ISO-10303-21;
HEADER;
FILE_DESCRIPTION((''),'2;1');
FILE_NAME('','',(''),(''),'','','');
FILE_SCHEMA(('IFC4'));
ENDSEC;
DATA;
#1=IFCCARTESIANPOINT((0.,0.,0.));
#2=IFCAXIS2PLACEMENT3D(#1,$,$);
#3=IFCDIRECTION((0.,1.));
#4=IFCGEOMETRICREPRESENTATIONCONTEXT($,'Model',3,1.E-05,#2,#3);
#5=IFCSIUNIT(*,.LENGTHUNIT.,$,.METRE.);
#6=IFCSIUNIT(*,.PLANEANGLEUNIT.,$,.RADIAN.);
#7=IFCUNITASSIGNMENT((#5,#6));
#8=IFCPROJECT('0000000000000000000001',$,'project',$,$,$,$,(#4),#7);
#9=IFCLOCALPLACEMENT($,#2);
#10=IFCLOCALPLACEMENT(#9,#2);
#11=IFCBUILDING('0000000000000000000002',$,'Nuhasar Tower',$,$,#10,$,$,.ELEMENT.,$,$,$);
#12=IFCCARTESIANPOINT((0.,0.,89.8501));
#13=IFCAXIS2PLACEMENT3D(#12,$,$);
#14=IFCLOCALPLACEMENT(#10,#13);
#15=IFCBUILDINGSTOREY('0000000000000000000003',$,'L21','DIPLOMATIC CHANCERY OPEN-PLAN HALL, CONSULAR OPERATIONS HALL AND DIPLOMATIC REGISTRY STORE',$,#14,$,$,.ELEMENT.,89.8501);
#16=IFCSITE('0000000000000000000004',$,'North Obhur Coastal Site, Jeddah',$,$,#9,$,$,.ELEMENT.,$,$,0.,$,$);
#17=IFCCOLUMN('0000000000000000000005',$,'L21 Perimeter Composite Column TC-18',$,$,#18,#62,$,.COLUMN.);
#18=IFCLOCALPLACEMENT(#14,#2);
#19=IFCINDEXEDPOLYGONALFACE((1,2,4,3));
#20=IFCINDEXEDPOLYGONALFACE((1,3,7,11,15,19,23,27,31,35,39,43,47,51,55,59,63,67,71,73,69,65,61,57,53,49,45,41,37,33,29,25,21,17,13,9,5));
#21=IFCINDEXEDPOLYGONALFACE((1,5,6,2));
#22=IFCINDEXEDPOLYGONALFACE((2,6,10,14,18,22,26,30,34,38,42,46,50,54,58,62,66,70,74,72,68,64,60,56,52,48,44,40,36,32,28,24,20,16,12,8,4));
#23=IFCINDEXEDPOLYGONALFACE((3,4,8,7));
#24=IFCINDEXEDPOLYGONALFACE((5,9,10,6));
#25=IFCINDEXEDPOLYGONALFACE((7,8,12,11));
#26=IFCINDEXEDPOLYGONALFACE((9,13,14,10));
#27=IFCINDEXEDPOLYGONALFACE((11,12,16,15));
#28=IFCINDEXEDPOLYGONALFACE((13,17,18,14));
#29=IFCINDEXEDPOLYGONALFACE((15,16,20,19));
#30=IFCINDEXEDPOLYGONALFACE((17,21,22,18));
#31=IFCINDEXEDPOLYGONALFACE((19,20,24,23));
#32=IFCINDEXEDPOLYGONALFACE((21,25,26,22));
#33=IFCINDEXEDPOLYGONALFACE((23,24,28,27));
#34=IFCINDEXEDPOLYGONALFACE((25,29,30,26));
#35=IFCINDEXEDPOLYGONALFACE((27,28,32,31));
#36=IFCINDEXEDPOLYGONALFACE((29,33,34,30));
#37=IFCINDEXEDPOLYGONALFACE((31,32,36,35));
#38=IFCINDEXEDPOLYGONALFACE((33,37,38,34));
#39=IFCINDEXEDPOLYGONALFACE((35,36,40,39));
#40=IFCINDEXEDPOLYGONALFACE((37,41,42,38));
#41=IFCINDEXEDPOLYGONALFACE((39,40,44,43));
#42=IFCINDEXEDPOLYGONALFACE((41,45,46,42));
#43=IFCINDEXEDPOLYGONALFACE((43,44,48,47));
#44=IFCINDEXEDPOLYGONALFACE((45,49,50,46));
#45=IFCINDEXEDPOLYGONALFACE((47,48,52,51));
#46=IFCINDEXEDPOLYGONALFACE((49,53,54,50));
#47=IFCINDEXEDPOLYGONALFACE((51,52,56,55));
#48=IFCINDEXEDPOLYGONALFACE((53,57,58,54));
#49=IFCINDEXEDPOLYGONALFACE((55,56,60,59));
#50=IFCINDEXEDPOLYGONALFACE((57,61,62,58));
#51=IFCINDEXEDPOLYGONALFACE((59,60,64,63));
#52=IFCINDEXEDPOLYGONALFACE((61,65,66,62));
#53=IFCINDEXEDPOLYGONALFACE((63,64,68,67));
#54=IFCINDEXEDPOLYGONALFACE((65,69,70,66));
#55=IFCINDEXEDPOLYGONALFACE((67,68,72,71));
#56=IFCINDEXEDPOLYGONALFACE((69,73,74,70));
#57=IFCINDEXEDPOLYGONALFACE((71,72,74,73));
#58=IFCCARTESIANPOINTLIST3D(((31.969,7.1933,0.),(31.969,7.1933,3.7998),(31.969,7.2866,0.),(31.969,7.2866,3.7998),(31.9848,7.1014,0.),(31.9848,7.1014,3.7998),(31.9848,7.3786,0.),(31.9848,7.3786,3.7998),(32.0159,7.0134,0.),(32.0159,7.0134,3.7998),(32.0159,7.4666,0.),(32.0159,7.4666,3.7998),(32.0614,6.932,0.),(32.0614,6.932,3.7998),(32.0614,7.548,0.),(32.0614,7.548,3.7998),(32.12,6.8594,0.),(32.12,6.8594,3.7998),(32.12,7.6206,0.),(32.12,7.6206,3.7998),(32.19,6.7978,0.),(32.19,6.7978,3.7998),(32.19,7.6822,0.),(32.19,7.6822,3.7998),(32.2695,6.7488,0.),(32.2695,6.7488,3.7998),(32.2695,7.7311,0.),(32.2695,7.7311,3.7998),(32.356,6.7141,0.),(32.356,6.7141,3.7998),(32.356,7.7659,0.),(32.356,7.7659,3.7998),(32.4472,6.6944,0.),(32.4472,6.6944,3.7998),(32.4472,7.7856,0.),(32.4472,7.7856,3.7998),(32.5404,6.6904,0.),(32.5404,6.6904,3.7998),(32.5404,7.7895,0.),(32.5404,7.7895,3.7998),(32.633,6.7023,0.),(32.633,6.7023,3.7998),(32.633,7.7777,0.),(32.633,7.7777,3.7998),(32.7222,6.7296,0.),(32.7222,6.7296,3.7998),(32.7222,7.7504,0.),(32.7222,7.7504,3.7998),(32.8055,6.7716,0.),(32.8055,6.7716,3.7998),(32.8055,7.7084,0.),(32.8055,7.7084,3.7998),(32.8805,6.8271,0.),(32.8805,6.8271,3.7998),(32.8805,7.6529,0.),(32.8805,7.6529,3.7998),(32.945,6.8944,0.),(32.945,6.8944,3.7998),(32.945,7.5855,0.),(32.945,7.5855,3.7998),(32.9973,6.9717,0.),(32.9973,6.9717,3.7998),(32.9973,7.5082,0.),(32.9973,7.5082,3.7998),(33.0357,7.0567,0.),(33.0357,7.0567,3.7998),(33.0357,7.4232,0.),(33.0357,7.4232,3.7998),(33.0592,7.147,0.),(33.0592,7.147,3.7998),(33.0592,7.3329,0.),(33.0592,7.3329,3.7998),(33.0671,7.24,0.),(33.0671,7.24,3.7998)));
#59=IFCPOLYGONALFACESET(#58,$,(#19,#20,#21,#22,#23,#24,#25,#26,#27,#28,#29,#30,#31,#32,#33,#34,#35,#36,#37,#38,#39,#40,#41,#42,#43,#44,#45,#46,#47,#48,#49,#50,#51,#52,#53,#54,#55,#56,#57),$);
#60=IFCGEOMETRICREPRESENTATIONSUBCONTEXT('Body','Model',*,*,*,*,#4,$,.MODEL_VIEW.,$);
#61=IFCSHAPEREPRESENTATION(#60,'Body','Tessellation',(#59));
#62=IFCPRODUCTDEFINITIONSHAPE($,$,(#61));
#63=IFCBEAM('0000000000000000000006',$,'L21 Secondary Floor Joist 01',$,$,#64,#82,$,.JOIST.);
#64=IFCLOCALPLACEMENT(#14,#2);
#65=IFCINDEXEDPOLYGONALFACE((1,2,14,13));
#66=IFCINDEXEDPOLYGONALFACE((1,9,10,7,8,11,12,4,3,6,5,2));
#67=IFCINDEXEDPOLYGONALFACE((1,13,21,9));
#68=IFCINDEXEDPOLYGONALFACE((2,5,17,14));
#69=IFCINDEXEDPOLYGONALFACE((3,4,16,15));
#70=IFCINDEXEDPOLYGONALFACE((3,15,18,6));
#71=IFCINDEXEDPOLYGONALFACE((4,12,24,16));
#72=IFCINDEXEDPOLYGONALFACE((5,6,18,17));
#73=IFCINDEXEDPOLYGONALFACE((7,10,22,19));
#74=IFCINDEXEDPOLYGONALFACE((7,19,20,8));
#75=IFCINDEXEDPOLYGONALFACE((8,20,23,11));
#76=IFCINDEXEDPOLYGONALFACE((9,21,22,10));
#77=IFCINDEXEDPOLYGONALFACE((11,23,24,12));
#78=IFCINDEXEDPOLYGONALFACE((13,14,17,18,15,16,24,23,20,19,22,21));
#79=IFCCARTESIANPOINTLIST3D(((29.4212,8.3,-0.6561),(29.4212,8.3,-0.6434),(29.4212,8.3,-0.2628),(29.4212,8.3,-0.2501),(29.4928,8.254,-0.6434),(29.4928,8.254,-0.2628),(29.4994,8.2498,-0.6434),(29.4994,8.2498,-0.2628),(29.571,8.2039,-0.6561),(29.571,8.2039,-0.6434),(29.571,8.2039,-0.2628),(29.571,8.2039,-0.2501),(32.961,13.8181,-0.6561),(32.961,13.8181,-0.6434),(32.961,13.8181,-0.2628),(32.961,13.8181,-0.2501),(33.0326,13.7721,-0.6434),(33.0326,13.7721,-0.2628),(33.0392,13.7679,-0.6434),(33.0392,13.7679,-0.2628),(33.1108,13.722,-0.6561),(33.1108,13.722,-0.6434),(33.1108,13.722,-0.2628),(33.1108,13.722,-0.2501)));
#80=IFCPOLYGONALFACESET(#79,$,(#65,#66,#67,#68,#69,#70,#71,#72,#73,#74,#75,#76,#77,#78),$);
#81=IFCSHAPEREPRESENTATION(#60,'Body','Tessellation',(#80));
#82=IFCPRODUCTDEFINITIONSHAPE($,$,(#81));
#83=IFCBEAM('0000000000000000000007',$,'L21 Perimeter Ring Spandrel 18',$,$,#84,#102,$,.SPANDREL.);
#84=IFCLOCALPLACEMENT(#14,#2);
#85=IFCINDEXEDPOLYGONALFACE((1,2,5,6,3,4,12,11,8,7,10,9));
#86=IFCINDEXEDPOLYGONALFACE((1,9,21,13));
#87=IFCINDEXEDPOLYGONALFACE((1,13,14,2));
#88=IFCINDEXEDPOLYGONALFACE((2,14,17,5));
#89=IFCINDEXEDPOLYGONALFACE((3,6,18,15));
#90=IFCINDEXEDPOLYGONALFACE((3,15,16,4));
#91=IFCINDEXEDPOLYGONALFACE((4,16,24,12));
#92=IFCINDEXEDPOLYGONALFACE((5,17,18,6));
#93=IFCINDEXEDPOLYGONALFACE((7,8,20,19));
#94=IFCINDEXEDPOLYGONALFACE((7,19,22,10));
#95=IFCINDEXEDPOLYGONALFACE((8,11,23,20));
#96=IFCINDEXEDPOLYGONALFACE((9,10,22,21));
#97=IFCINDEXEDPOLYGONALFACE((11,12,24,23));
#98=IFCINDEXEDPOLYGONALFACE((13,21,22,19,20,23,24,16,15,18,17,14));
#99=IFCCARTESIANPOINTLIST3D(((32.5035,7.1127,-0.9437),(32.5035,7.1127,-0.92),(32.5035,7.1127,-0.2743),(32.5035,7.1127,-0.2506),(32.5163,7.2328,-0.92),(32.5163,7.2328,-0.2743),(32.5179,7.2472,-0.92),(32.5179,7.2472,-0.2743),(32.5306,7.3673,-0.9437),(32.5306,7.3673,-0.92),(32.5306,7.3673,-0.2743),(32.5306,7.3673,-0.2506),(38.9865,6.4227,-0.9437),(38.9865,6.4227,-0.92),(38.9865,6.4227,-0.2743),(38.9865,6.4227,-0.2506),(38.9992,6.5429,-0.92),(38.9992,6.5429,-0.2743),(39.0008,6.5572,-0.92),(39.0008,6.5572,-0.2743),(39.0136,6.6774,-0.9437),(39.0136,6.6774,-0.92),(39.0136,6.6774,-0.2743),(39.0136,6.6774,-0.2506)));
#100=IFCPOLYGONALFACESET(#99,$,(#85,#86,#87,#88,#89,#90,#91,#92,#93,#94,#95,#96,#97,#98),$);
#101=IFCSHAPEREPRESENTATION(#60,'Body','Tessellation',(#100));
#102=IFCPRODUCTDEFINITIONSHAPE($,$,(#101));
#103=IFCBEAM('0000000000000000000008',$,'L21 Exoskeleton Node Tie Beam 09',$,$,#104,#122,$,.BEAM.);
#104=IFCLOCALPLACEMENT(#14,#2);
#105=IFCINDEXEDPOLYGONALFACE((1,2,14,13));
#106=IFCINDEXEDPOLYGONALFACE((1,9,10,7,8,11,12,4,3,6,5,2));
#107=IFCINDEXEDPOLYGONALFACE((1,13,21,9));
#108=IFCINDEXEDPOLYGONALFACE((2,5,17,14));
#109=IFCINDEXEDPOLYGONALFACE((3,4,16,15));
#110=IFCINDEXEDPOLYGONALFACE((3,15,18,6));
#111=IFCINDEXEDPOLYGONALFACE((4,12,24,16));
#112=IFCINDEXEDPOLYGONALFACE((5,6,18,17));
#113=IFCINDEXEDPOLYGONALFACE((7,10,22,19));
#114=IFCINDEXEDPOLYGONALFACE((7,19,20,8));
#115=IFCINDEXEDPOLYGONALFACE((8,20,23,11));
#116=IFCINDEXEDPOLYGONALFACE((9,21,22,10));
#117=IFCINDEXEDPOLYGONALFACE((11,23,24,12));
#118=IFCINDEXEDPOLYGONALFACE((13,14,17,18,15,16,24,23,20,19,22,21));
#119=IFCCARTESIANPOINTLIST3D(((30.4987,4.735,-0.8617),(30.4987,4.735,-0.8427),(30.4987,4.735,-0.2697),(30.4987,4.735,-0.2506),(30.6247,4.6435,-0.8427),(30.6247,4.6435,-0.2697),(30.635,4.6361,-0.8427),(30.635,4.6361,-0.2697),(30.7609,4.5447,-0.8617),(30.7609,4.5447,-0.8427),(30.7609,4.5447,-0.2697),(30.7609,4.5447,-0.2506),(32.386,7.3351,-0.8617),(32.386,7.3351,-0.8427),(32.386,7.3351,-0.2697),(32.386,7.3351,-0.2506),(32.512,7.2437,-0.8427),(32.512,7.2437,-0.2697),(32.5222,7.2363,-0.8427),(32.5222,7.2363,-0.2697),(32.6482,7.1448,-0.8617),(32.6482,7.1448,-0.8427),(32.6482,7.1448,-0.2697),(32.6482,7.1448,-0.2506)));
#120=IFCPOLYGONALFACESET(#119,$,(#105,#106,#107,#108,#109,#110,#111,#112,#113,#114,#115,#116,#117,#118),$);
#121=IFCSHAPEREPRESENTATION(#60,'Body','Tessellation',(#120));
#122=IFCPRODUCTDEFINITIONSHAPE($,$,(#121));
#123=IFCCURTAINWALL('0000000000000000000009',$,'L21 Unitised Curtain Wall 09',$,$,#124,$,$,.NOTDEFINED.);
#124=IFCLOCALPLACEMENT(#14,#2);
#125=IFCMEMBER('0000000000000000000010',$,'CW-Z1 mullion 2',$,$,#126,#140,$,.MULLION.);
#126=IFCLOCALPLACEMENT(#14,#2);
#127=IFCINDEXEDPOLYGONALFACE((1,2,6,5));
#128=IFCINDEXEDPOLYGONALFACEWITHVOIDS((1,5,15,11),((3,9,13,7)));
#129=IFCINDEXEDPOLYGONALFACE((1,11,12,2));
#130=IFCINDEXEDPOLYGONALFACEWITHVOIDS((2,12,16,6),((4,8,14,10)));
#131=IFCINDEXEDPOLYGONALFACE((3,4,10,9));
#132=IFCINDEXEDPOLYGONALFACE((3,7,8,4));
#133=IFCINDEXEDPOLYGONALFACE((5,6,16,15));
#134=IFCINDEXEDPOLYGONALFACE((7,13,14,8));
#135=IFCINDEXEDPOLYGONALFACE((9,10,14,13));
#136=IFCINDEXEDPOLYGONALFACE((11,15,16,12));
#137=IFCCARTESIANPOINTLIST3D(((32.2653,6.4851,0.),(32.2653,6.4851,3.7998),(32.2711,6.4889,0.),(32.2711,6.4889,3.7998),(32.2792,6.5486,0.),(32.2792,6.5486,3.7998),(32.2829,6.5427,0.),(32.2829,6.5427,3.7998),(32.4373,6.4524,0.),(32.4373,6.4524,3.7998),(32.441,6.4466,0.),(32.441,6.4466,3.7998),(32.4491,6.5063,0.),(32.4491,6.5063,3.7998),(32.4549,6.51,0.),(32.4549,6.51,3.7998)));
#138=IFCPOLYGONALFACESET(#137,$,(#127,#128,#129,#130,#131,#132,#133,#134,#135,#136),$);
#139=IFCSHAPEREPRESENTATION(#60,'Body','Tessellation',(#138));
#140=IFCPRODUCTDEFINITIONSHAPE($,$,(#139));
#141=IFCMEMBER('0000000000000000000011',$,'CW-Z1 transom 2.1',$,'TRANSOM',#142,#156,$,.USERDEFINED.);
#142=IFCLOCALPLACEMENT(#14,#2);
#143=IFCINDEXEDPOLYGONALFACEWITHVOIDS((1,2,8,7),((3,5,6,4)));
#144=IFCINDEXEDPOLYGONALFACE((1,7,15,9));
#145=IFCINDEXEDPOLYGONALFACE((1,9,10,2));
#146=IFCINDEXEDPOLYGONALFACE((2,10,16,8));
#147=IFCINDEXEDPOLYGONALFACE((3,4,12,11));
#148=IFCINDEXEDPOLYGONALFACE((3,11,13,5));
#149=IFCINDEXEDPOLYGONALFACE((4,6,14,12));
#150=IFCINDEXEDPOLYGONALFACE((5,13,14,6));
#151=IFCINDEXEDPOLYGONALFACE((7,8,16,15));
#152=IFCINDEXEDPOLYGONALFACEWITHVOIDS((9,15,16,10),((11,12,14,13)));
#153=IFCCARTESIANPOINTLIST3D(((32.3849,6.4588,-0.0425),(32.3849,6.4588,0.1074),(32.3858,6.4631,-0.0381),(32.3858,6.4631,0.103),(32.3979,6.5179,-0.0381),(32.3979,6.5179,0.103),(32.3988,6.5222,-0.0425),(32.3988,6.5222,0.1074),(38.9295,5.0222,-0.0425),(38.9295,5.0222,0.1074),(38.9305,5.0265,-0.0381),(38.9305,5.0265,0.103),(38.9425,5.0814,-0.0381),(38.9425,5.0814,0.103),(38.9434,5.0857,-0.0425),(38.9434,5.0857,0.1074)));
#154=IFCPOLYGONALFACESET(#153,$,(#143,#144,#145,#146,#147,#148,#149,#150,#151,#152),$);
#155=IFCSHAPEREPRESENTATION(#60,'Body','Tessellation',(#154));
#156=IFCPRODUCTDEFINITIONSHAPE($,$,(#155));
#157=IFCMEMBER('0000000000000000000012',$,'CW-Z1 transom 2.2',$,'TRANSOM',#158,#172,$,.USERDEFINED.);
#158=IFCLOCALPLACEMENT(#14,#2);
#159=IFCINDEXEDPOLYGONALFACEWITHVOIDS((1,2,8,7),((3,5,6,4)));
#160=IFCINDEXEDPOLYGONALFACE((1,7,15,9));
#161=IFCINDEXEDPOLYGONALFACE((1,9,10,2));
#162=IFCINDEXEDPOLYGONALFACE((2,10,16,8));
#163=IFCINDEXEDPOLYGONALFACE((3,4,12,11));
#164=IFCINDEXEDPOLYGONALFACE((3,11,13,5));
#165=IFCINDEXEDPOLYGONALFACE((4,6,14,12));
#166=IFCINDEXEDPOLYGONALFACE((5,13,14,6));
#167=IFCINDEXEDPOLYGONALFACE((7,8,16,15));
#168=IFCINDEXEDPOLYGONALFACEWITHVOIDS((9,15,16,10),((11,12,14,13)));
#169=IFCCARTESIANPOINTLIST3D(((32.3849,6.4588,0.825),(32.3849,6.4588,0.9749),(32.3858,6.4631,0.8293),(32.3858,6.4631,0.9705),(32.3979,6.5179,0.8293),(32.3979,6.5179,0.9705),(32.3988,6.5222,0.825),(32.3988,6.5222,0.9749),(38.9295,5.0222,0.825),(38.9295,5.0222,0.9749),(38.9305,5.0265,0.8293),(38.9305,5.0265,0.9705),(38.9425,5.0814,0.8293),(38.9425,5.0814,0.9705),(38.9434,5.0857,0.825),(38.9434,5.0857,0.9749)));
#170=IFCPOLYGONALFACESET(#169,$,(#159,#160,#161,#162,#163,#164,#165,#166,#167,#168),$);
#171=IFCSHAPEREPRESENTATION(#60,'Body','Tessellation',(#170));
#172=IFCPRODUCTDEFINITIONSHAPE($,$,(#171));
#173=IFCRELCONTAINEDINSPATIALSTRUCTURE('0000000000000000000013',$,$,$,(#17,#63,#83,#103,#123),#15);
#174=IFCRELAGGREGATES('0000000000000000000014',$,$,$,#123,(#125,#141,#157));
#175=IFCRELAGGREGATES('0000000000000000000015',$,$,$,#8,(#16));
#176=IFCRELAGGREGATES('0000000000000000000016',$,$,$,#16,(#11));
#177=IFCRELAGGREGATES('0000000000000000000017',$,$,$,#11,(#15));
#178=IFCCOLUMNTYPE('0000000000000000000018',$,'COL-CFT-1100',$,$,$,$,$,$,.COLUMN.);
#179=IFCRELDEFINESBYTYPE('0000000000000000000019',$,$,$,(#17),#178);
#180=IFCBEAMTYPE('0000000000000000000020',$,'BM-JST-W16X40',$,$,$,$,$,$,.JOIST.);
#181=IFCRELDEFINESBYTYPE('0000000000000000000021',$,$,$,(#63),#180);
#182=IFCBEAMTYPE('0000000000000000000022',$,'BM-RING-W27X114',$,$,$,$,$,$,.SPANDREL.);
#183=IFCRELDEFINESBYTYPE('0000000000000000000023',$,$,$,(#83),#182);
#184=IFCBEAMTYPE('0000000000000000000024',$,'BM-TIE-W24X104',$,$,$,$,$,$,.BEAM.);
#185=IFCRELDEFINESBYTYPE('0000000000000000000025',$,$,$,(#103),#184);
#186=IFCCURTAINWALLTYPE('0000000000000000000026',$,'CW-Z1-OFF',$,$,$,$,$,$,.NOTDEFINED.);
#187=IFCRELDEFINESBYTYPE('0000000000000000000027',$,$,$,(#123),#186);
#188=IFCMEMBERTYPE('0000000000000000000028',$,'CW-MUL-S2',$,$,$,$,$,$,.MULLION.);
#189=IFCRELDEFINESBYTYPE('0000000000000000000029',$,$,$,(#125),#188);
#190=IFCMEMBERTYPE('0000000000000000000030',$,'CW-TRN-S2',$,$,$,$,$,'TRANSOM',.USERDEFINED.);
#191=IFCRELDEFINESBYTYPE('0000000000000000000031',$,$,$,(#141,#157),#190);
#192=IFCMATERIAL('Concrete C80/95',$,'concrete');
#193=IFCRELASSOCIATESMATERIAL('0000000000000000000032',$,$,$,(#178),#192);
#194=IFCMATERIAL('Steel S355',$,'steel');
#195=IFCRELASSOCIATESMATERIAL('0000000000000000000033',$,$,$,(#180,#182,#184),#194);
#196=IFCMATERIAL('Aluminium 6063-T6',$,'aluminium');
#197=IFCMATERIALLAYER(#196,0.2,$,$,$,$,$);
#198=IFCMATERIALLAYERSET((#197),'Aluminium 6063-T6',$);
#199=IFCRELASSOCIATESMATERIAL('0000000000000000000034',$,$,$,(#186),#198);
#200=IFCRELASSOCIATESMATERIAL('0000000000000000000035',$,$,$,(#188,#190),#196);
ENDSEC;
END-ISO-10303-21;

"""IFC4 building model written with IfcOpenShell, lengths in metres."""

from ifc_helpers import new_model, si_unit, direction, frame, origin, origin_2d, place, context, subcontext, project, spatial, hollow_rectangle, circle, i_section, extrude, material, layer, layer_set, material_profile, profile_set, type_object, element, aggregate, save


model = new_model("IFC4")

# Units and contexts
model_context = context("Model", 3, precision=1e-05, world=origin(), true_north=direction((0.0, 1.0)))
body_context = subcontext(model_context, "Body", "Model", "MODEL_VIEW")
ifc_project = project(units=[si_unit("LENGTHUNIT", "METRE"), si_unit("PLANEANGLEUNIT", "RADIAN")], contexts=[model_context])

# Site, building, storey
site_placement = place(None, origin())
site = spatial("IfcSite", under=ifc_project, at=site_placement, Name="North Obhur Coastal Site, Jeddah", CompositionType="ELEMENT", RefElevation=0.0)
building_placement = place(site_placement, origin())
building = spatial("IfcBuilding", under=site, at=building_placement, Name="Nuhasar Tower", CompositionType="ELEMENT")
storey_placement = place(building_placement, frame((0.0, 0.0, 89.8501)))
storey = spatial("IfcBuildingStorey", under=building, at=storey_placement, Name="L21", Description="DIPLOMATIC CHANCERY OPEN-PLAN HALL, CONSULAR OPERATIONS HALL AND DIPLOMATIC REGISTRY STORE", CompositionType="ELEMENT", Elevation=89.8501)

# Column
ifc_material_1 = material(Name="Concrete C80/95", Category="concrete")
ifc_material_profile_1 = material_profile(ifc_material_1, circle(Radius=0.55, at=origin_2d()), Name="CFT1100")
ifc_profile_set_1 = profile_set([ifc_material_profile_1], Name="Concrete C80/95")
column_type = type_object("IfcColumnType", Name="COL-CFT-1100", PredefinedType="COLUMN", material=ifc_profile_set_1)
column_placement = place(storey_placement, frame((32.5171, 7.24, 0.0), z_axis=(0.0, 0.0, 1.0), x_axis=(1.0, 0.0, 0.0)))
element("IfcColumn", 1, at=column_placement, inside=storey, type_object=column_type, Name="L21 Perimeter Composite Column TC-18", PredefinedType="COLUMN", context=body_context, shape_type="SweptSolid", body=[
    extrude(circle(Radius=0.55, at=origin_2d()), origin(), (0.0, 0.0, 1.0), 3.7998),
])

# Beams
ifc_material_2 = material(Name="Steel S355", Category="steel")
ifc_material_profile_2 = material_profile(ifc_material_2, i_section(OverallWidth=0.178, OverallDepth=0.406, WebThickness=0.0078, FlangeThickness=0.0127, at=origin_2d()), Name="W16X40")
ifc_profile_set_2 = profile_set([ifc_material_profile_2], Name="Steel S355")
beam_type_1 = type_object("IfcBeamType", Name="BM-JST-W16X40", PredefinedType="JOIST", material=ifc_profile_set_2)
beam_1_placement = place(storey_placement, frame((33.0359, 13.77, -0.4531), z_axis=(-0.539944, -0.841701, 0.0), x_axis=(0.841701, -0.539944, 0.0)))
element("IfcBeam", 2, at=beam_1_placement, inside=storey, type_object=beam_type_1, Name="L21 Secondary Floor Joist 01", PredefinedType="JOIST", context=body_context, shape_type="SweptSolid", body=[
    extrude(i_section(OverallWidth=0.178, OverallDepth=0.406, WebThickness=0.0078, FlangeThickness=0.0127, at=origin_2d()), origin(), (0.0, 0.0, 1.0), 6.5559),
])
ifc_material_profile_3 = material_profile(ifc_material_2, i_section(OverallWidth=0.2561, OverallDepth=0.6931, WebThickness=0.0144, FlangeThickness=0.0237, at=origin_2d()), Name="W27X114")
ifc_profile_set_3 = profile_set([ifc_material_profile_3], Name="Steel S355")
beam_type_2 = type_object("IfcBeamType", Name="BM-RING-W27X114", PredefinedType="SPANDREL", material=ifc_profile_set_3)
beam_2_placement = place(storey_placement, frame((32.5171, 7.24, -0.5972), z_axis=(0.994385, -0.105827, 0.0), x_axis=(0.105827, 0.994385, 0.0)))
element("IfcBeam", 3, at=beam_2_placement, inside=storey, type_object=beam_type_2, Name="L21 Perimeter Ring Spandrel 18", PredefinedType="SPANDREL", context=body_context, shape_type="SweptSolid", body=[
    extrude(i_section(OverallWidth=0.2561, OverallDepth=0.6931, WebThickness=0.0144, FlangeThickness=0.0237, at=origin_2d()), origin(), (0.0, 0.0, 1.0), 6.5195),
])
ifc_material_profile_4 = material_profile(ifc_material_2, i_section(OverallWidth=0.324, OverallDepth=0.6111, WebThickness=0.0127, FlangeThickness=0.019, at=origin_2d()), Name="W24X104")
ifc_profile_set_4 = profile_set([ifc_material_profile_4], Name="Steel S355")
beam_type_3 = type_object("IfcBeamType", Name="BM-TIE-W24X104", PredefinedType="BEAM", material=ifc_profile_set_4)
beam_3_placement = place(storey_placement, frame((32.5171, 7.24, -0.5562), z_axis=(-0.587403, -0.809294, 0.0), x_axis=(0.809294, -0.587403, 0.0)))
element("IfcBeam", 4, at=beam_3_placement, inside=storey, type_object=beam_type_3, Name="L21 Exoskeleton Node Tie Beam 09", PredefinedType="BEAM", context=body_context, shape_type="SweptSolid", body=[
    extrude(i_section(OverallWidth=0.324, OverallDepth=0.6111, WebThickness=0.0127, FlangeThickness=0.019, at=origin_2d()), origin(), (0.0, 0.0, 1.0), 3.2129),
])

# Curtain wall, members
ifc_material_3 = material(Name="Aluminium 6063-T6", Category="aluminium")
ifc_layer_1 = layer(ifc_material_3, 0.2)
ifc_layer_set_1 = layer_set([ifc_layer_1], Name="Aluminium 6063-T6")
curtain_wall_type = type_object("IfcCurtainWallType", Name="CW-Z1-OFF", PredefinedType="NOTDEFINED", material=ifc_layer_set_1)
curtain_wall_placement = place(storey_placement, origin())
curtain_wall = element("IfcCurtainWall", 5, at=curtain_wall_placement, inside=storey, type_object=curtain_wall_type, Name="L21 Unitised Curtain Wall 09", PredefinedType="NOTDEFINED")
ifc_material_profile_5 = material_profile(ifc_material_3, hollow_rectangle(XDim=0.0649, YDim=0.1799, WallThickness=0.0049, at=origin_2d()), Name="CWM-2")
ifc_profile_set_5 = profile_set([ifc_material_profile_5], Name="Aluminium 6063-T6")
member_type_1 = type_object("IfcMemberType", Name="CW-MUL-S2", PredefinedType="MULLION", material=ifc_profile_set_5)
member_1_placement = place(storey_placement, frame((32.3601, 6.4976, 0.0), z_axis=(0.0, 0.0, 1.0), x_axis=(0.214399, 0.976746, 0.0)))
member_1 = element("IfcMember", 6, at=member_1_placement, type_object=member_type_1, Name="CW-Z1 mullion 2", PredefinedType="MULLION", context=body_context, shape_type="SweptSolid", body=[
    extrude(hollow_rectangle(XDim=0.0649, YDim=0.1799, WallThickness=0.0049, at=origin_2d()), origin(), (0.0, 0.0, 1.0), 3.7998),
])
ifc_material_profile_6 = material_profile(ifc_material_3, hollow_rectangle(XDim=0.0649, YDim=0.1499, WallThickness=0.0044, at=origin_2d()), Name="CWT-2")
ifc_profile_set_6 = profile_set([ifc_material_profile_6], Name="Aluminium 6063-T6")
member_type_2 = type_object("IfcMemberType", Name="CW-TRN-S2", ElementType="TRANSOM", PredefinedType="USERDEFINED", material=ifc_profile_set_6)
member_2_placement = place(storey_placement, frame((32.3918, 6.4905, 0.0325), z_axis=(0.976748, -0.214391, 0.0), x_axis=(0.214391, 0.976748, 0.0)))
member_2 = element("IfcMember", 7, at=member_2_placement, type_object=member_type_2, Name="CW-Z1 transom 2.1", ObjectType="TRANSOM", PredefinedType="USERDEFINED", context=body_context, shape_type="SweptSolid", body=[
    extrude(hollow_rectangle(XDim=0.0649, YDim=0.1499, WallThickness=0.0044, at=origin_2d()), origin(), (0.0, 0.0, 1.0), 6.7004),
])
member_3_placement = place(storey_placement, frame((32.3918, 6.4905, 0.8999), z_axis=(0.976748, -0.214391, 0.0), x_axis=(0.214391, 0.976748, 0.0)))
member_3 = element("IfcMember", 8, at=member_3_placement, type_object=member_type_2, Name="CW-Z1 transom 2.2", ObjectType="TRANSOM", PredefinedType="USERDEFINED", context=body_context, shape_type="SweptSolid", body=[
    extrude(hollow_rectangle(XDim=0.0649, YDim=0.1499, WallThickness=0.0044, at=origin_2d()), origin(), (0.0, 0.0, 1.0), 6.7004),
])

aggregate(curtain_wall, [member_1, member_2, member_3])

save(model, "model.ifc")
